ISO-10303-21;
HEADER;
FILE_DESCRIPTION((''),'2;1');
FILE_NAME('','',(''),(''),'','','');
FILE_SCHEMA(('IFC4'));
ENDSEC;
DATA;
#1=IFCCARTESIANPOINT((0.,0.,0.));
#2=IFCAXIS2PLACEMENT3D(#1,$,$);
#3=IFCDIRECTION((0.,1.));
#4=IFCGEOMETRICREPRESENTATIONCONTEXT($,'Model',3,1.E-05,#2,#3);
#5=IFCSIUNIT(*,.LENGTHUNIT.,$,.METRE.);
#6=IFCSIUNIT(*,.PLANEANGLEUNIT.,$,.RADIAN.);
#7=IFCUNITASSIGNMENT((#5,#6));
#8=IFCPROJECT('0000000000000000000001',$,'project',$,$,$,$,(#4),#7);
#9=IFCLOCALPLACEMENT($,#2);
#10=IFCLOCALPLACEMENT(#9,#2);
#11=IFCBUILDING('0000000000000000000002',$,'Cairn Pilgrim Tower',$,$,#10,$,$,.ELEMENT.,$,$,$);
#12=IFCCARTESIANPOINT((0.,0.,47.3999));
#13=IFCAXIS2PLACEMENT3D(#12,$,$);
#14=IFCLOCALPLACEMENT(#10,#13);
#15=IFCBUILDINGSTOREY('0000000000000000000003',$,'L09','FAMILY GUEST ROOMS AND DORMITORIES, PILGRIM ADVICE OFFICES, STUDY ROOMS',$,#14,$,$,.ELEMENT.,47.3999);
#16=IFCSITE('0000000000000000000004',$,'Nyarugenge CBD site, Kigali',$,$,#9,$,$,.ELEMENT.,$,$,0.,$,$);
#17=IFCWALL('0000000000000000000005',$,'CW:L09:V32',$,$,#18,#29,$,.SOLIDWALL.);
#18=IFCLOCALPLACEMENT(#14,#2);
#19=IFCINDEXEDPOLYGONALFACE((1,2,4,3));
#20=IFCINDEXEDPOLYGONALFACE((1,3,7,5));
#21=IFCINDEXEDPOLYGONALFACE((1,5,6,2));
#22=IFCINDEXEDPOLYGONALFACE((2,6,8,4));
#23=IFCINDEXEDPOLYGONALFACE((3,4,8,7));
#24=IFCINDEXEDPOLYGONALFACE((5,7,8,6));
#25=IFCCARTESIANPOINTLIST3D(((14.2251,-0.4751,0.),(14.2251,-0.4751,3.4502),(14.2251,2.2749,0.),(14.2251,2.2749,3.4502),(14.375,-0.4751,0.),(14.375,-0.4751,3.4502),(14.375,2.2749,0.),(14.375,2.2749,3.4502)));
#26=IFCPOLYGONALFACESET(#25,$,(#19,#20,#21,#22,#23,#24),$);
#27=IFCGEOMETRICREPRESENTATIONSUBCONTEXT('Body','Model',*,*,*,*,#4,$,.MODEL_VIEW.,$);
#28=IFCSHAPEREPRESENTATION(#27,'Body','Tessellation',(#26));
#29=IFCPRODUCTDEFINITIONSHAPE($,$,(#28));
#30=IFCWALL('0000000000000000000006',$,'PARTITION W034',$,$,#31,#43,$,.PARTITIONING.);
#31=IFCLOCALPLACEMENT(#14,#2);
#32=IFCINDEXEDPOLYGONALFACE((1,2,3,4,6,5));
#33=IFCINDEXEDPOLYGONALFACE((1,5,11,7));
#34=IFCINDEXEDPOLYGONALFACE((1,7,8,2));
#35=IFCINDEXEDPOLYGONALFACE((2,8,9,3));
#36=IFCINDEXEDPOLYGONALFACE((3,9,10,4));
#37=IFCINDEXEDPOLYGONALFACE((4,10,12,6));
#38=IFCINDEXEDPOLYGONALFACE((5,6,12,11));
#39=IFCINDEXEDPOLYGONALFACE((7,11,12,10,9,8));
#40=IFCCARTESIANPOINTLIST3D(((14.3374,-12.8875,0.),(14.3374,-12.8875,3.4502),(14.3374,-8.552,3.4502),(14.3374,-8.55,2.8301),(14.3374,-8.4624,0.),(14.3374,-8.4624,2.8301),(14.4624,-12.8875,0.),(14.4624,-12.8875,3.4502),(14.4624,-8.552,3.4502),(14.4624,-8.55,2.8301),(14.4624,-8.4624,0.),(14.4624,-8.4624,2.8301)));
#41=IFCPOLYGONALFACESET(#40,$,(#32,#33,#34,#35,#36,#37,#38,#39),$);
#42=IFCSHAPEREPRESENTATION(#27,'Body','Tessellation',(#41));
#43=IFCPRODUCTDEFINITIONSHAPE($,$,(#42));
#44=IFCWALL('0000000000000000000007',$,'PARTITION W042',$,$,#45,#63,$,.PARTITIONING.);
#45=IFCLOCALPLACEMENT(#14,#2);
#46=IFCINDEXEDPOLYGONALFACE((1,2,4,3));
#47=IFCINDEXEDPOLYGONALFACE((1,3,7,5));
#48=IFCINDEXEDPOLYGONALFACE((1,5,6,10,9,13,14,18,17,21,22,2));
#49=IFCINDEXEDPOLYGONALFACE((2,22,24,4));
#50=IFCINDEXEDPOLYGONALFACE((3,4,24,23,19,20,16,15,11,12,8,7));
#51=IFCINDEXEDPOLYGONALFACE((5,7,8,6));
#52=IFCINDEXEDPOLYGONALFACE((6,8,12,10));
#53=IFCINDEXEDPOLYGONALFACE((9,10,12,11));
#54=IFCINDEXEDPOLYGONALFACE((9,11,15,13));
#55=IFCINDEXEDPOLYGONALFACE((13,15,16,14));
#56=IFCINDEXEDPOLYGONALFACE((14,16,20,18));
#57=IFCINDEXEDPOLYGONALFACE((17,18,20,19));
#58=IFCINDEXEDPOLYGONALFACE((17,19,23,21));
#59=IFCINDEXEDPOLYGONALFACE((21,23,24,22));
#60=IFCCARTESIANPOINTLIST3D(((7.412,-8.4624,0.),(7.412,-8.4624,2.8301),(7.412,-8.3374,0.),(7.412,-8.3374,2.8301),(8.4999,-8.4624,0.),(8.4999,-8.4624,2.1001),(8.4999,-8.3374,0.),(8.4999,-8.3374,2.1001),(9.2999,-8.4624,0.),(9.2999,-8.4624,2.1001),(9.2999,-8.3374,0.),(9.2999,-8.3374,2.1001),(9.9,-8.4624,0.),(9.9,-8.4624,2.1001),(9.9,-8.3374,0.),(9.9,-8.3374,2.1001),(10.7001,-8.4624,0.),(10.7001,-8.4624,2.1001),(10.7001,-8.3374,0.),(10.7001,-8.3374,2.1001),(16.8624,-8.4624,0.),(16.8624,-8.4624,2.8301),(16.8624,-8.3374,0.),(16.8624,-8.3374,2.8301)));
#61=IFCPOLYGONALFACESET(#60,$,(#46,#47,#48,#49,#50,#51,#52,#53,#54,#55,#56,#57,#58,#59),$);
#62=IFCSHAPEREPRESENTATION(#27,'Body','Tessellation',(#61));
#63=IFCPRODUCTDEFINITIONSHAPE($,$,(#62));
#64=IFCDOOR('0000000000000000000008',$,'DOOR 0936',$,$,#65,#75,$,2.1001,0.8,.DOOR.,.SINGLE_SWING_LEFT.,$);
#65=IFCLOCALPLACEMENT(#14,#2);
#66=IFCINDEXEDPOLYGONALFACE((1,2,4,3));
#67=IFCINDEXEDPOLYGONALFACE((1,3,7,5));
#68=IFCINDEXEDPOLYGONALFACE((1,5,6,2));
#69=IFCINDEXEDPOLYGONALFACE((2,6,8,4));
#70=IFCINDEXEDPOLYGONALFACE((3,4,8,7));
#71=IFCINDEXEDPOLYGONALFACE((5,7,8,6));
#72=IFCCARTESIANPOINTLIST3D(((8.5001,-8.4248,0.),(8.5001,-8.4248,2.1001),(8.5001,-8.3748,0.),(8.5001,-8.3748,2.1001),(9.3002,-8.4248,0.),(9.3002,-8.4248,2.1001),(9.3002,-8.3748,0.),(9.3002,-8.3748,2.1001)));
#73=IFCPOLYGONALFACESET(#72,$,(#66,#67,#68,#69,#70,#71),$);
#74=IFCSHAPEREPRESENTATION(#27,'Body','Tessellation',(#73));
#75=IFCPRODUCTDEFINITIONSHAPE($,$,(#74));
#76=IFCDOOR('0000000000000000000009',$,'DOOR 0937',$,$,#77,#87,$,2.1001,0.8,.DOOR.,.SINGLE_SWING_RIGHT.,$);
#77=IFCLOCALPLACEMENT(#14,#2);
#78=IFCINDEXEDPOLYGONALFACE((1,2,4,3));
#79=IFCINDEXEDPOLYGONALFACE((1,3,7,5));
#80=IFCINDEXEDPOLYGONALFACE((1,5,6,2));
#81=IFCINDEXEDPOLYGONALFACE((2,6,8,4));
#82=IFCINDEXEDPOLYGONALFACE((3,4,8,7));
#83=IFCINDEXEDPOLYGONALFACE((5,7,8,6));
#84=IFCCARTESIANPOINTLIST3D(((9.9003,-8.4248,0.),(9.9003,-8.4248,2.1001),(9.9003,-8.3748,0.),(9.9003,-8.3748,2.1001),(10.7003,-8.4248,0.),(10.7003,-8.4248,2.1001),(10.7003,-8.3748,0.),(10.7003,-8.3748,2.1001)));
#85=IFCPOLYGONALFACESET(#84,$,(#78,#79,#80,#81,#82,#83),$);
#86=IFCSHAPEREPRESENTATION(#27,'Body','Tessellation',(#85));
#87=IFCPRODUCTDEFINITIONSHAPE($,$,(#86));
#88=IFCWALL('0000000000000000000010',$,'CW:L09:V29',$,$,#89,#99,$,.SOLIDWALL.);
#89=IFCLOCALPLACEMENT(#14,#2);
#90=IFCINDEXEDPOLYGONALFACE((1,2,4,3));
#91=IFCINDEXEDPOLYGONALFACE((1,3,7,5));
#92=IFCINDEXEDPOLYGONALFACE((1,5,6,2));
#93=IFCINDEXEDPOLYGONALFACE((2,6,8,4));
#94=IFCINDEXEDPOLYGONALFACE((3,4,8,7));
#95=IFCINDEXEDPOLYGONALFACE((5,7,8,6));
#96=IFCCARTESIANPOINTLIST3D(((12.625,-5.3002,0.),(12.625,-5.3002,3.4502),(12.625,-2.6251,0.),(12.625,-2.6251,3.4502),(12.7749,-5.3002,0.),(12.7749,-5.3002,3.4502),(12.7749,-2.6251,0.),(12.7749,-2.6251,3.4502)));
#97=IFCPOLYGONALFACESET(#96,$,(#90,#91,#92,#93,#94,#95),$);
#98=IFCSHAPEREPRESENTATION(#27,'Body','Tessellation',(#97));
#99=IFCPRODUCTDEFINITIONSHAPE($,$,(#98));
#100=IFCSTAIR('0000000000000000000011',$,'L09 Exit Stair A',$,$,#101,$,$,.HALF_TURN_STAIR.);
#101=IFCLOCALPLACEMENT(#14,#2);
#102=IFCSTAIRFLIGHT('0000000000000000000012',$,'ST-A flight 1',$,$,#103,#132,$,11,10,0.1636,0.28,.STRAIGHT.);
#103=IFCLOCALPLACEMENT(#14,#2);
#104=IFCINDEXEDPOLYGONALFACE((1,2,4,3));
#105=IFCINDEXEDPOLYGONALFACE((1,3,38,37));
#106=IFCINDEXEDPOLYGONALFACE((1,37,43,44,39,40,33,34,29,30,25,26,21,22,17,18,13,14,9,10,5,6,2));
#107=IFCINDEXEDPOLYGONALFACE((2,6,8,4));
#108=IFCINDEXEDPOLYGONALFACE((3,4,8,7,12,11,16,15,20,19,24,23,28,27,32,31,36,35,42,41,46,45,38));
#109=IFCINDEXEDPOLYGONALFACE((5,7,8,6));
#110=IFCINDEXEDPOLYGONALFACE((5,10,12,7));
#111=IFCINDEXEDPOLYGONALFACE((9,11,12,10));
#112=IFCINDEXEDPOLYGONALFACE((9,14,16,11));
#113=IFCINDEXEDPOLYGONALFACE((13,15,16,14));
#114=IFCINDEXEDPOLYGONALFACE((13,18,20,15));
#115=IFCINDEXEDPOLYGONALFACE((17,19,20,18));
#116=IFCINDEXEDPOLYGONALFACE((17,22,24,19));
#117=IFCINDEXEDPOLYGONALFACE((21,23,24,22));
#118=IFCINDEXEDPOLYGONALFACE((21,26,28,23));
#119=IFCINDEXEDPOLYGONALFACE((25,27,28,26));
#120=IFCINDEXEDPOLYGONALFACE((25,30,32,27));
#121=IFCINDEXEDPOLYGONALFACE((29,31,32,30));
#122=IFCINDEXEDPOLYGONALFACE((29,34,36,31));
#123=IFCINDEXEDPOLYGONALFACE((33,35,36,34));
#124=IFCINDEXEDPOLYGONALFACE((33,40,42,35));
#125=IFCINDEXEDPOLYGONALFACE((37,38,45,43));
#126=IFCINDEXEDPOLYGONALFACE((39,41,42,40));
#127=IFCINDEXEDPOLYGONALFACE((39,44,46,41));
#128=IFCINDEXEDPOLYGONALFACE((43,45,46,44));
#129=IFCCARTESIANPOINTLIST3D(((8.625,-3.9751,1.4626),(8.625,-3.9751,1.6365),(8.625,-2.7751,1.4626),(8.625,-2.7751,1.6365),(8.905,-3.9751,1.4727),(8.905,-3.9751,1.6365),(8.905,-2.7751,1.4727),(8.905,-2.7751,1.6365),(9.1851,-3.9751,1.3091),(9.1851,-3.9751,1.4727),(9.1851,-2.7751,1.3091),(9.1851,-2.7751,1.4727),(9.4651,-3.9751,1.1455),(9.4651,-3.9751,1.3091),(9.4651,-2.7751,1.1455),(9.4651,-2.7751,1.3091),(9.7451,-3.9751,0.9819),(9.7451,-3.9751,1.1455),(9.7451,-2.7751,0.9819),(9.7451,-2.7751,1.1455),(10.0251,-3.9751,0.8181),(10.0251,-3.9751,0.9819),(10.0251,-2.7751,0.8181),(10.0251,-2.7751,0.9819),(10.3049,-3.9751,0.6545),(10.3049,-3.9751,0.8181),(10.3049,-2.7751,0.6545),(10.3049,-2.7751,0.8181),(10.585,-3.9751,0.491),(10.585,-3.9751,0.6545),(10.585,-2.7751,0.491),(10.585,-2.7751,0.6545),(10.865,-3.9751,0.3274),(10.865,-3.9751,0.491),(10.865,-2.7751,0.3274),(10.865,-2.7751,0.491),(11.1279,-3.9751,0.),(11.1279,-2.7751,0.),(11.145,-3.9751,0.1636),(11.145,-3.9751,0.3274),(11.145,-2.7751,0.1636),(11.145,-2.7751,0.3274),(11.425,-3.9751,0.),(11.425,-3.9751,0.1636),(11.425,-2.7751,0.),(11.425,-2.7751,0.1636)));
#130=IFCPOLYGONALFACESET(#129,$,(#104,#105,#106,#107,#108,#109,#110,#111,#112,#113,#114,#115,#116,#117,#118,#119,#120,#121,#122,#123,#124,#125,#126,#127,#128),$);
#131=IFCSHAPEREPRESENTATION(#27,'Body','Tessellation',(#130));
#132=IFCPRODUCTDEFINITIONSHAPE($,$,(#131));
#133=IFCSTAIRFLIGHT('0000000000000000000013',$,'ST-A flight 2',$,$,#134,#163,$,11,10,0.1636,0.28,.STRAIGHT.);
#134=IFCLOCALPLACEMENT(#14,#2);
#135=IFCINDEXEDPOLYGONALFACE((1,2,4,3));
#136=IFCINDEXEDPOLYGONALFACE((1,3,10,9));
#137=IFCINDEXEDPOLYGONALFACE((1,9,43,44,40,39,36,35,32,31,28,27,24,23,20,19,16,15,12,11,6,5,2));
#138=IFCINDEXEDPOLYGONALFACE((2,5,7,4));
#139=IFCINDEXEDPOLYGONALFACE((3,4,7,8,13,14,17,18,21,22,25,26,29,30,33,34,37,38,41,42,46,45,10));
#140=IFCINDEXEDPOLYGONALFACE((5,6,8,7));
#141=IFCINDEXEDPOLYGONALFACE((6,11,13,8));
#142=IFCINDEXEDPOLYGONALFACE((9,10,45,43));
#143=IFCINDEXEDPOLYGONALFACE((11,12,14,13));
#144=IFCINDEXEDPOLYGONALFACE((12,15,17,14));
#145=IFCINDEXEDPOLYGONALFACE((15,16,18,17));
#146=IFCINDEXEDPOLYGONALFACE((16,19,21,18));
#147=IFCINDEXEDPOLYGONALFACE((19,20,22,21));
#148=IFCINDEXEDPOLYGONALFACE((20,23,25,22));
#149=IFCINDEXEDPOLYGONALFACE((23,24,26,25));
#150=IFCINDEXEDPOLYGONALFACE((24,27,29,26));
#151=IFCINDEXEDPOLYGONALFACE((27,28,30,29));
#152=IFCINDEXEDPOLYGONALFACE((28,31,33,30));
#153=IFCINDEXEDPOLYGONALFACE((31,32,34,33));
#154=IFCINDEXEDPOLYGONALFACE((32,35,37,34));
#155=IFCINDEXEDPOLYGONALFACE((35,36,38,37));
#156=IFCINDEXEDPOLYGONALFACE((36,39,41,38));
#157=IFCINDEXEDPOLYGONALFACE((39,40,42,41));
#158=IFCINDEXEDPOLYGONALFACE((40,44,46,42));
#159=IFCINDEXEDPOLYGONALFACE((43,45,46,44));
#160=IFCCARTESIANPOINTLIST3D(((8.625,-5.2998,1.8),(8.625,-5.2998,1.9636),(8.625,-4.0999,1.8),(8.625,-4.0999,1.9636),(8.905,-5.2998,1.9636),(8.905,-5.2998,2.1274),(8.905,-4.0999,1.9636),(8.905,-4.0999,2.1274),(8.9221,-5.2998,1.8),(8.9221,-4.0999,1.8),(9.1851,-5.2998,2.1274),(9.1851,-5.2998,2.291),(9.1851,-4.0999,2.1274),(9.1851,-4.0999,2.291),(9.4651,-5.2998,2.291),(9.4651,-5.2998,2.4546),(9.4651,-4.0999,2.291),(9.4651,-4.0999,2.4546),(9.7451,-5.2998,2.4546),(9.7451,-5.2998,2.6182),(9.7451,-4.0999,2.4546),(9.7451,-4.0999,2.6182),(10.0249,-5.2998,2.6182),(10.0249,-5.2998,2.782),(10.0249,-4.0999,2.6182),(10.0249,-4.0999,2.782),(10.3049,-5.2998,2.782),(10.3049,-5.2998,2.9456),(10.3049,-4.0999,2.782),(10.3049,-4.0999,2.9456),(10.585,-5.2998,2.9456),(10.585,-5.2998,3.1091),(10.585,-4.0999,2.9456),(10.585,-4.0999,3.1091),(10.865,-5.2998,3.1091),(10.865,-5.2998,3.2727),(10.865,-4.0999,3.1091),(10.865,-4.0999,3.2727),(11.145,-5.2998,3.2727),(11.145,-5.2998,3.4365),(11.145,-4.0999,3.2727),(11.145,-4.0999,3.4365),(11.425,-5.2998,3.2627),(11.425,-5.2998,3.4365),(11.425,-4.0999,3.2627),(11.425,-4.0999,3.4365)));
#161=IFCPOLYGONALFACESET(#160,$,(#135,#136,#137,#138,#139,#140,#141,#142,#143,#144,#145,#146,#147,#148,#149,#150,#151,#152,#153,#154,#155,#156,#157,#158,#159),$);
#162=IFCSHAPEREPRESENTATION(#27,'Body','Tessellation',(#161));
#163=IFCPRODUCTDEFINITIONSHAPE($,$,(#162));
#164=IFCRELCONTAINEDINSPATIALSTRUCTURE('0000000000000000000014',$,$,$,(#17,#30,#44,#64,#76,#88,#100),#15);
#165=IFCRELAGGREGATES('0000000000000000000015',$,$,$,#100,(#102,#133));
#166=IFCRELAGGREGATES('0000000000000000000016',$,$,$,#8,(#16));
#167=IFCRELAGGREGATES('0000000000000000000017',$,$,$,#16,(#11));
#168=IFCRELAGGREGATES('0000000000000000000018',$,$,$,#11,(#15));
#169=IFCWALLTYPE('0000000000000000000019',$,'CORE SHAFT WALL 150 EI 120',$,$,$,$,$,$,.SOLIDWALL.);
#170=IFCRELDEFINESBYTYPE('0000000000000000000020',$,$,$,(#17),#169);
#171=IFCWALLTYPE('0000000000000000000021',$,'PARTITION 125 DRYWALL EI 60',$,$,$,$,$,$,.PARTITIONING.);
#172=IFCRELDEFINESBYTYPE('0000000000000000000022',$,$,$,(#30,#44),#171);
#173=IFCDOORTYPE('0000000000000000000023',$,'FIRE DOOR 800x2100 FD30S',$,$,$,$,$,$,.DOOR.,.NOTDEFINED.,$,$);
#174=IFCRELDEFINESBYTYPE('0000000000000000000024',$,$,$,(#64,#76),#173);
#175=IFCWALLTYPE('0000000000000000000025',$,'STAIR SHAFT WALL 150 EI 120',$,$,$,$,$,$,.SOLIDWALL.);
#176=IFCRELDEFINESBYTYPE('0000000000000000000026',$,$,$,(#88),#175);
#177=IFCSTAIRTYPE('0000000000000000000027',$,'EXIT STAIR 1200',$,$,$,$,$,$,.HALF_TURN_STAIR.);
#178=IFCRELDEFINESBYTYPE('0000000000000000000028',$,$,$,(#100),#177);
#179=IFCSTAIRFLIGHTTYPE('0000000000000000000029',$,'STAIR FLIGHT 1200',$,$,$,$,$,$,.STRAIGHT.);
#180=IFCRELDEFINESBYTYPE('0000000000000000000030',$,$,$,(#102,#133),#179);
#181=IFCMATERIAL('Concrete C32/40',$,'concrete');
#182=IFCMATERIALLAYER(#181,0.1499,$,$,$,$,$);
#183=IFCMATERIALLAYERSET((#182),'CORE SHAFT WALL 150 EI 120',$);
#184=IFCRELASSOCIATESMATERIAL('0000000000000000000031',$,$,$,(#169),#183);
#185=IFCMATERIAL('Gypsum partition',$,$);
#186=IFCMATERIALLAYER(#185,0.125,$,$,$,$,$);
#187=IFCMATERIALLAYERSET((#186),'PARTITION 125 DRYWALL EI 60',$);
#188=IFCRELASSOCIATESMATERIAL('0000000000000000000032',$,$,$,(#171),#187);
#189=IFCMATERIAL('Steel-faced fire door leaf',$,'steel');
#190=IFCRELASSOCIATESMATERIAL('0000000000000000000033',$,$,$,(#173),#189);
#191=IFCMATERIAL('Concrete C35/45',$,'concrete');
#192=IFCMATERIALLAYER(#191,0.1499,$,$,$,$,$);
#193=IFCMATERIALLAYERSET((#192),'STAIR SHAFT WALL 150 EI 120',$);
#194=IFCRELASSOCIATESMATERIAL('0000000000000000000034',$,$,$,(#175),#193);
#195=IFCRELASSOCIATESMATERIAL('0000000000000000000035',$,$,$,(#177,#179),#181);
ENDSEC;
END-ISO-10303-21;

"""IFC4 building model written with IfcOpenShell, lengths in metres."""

from ifc_helpers import new_model, si_unit, direction, frame, frame_2d, origin, place, context, subcontext, project, spatial, polyline, rectangle, outline, extrude, material, layer, layer_set, type_object, element, fill, aggregate, save


model = new_model("IFC4")

# Units and contexts
model_context = context("Model", 3, precision=1e-05, world=origin(), true_north=direction((0.0, 1.0)))
body_context = subcontext(model_context, "Body", "Model", "MODEL_VIEW")
ifc_project = project(units=[si_unit("LENGTHUNIT", "METRE"), si_unit("PLANEANGLEUNIT", "RADIAN")], contexts=[model_context])

# Site, building, storey
site_placement = place(None, origin())
site = spatial("IfcSite", under=ifc_project, at=site_placement, Name="Nyarugenge CBD site, Kigali", CompositionType="ELEMENT", RefElevation=0.0)
building_placement = place(site_placement, origin())
building = spatial("IfcBuilding", under=site, at=building_placement, Name="Cairn Pilgrim Tower", CompositionType="ELEMENT")
storey_placement = place(building_placement, frame((0.0, 0.0, 47.3999)))
storey = spatial("IfcBuildingStorey", under=building, at=storey_placement, Name="L09", Description="FAMILY GUEST ROOMS AND DORMITORIES, PILGRIM ADVICE OFFICES, STUDY ROOMS", CompositionType="ELEMENT", Elevation=47.3999)

# Shared definitions
ifc_material_1 = material(Name="Concrete C32/40", Category="concrete")

# Walls
ifc_layer_1 = layer(ifc_material_1, 0.1499)
ifc_layer_set_1 = layer_set([ifc_layer_1], Name="CORE SHAFT WALL 150 EI 120")
wall_type_1 = type_object("IfcWallType", Name="CORE SHAFT WALL 150 EI 120", PredefinedType="SOLIDWALL", material=ifc_layer_set_1)
wall_1_placement = place(storey_placement, frame((14.3, -0.4751, 0.0), z_axis=(0.0, 0.0, 1.0), x_axis=(0.0, 1.0, 0.0)))
element("IfcWall", 1, at=wall_1_placement, inside=storey, type_object=wall_type_1, Name="CW:L09:V32", PredefinedType="SOLIDWALL", context=body_context, shape_type="SweptSolid", body=[
    extrude(rectangle(XDim=2.75, YDim=0.1499, at=frame_2d((1.375, 0.0))), origin(), (0.0, 0.0, 1.0), 3.4502),
])
ifc_material_2 = material(Name="Gypsum partition")
ifc_layer_2 = layer(ifc_material_2, 0.125)
ifc_layer_set_2 = layer_set([ifc_layer_2], Name="PARTITION 125 DRYWALL EI 60")
wall_type_2 = type_object("IfcWallType", Name="PARTITION 125 DRYWALL EI 60", PredefinedType="PARTITIONING", material=ifc_layer_set_2)
wall_2_placement = place(storey_placement, frame((14.3999, -12.8875, 0.0), z_axis=(0.0, 0.0, 1.0), x_axis=(0.0, 1.0, 0.0)))
element("IfcWall", 2, at=wall_2_placement, inside=storey, type_object=wall_type_2, Name="PARTITION W034", PredefinedType="PARTITIONING", context=body_context, shape_type="SweptSolid", body=[
    extrude(outline(polyline([(0.0, 0.0), (4.425, 0.0), (4.425, 2.8301), (4.3374, 2.8301), (4.3354, 3.4502), (0.0, 3.4502), (0.0, 0.0)])), frame((0.0, 0.0625, 0.0), z_axis=(0.0, -1.0, 0.0), x_axis=(1.0, 0.0, 0.0)), (0.0, 0.0, 1.0), 0.125),
])

# Wall, openings, doors
wall_3_placement = place(storey_placement, frame((7.4121, -8.3999, 0.0), z_axis=(0.0, 0.0, 1.0), x_axis=(1.0, 0.0, 0.0)))
wall_3 = element("IfcWall", 3, at=wall_3_placement, inside=storey, type_object=wall_type_2, Name="PARTITION W042", PredefinedType="PARTITIONING", context=body_context, shape_type="SweptSolid", body=[
    extrude(rectangle(XDim=9.4504, YDim=0.125, at=frame_2d((4.7251, 0.0))), origin(), (0.0, 0.0, 1.0), 2.8301),
])
opening_1_placement = place(wall_3_placement, frame((1.0879, 0.0, 0.0)))
opening_1 = element("IfcOpeningElement", 4, at=opening_1_placement, cuts=wall_3, PredefinedType="OPENING", context=body_context, shape_type="SweptSolid", body=[
    extrude(rectangle(XDim=0.8, YDim=2.1001, at=frame_2d((0.3999, 1.05))), frame((0.0, 0.0725, 0.0), z_axis=(0.0, -1.0, 0.0), x_axis=(1.0, 0.0, 0.0)), (0.0, 0.0, 1.0), 0.145),
])
opening_2_placement = place(wall_3_placement, frame((2.488, 0.0, 0.0)))
opening_2 = element("IfcOpeningElement", 5, at=opening_2_placement, cuts=wall_3, PredefinedType="OPENING", context=body_context, shape_type="SweptSolid", body=[
    extrude(rectangle(XDim=0.8, YDim=2.1001, at=frame_2d((0.3999, 1.05))), frame((0.0, 0.0725, 0.0), z_axis=(0.0, -1.0, 0.0), x_axis=(1.0, 0.0, 0.0)), (0.0, 0.0, 1.0), 0.145),
])
ifc_material_3 = material(Name="Steel-faced fire door leaf", Category="steel")
door_type_1 = type_object("IfcDoorType", Name="FIRE DOOR 800x2100 FD30S", OperationType="NOTDEFINED", PredefinedType="DOOR", material=ifc_material_3)
door_1_placement = place(opening_1_placement, frame((0.8, 0.0, 0.0), z_axis=(0.0, 0.0, 1.0), x_axis=(-1.0, 0.0, 0.0)))
door_1 = element("IfcDoor", 6, at=door_1_placement, inside=storey, type_object=door_type_1, Name="DOOR 0936", OperationType="SINGLE_SWING_LEFT", OverallHeight=2.1001, OverallWidth=0.8, PredefinedType="DOOR", context=body_context, shape_type="SweptSolid", body=[
    extrude(rectangle(XDim=0.8, YDim=2.1001, at=frame_2d((0.3999, 1.05))), frame((0.0, 0.0249, 0.0), z_axis=(0.0, -1.0, 0.0), x_axis=(1.0, 0.0, 0.0)), (0.0, 0.0, 1.0), 0.05),
])
fill(opening_1, door_1)
door_2_placement = place(opening_2_placement, frame((0.8, 0.0, 0.0), z_axis=(0.0, 0.0, 1.0), x_axis=(-1.0, 0.0, 0.0)))
door_2 = element("IfcDoor", 7, at=door_2_placement, inside=storey, type_object=door_type_1, Name="DOOR 0937", OperationType="SINGLE_SWING_RIGHT", OverallHeight=2.1001, OverallWidth=0.8, PredefinedType="DOOR", context=body_context, shape_type="SweptSolid", body=[
    extrude(rectangle(XDim=0.8, YDim=2.1001, at=frame_2d((0.3999, 1.05))), frame((0.0, 0.0249, 0.0), z_axis=(0.0, -1.0, 0.0), x_axis=(1.0, 0.0, 0.0)), (0.0, 0.0, 1.0), 0.05),
])
fill(opening_2, door_2)

# Wall
ifc_material_4 = material(Name="Concrete C35/45", Category="concrete")
ifc_layer_3 = layer(ifc_material_4, 0.1499)
ifc_layer_set_3 = layer_set([ifc_layer_3], Name="STAIR SHAFT WALL 150 EI 120")
wall_type_3 = type_object("IfcWallType", Name="STAIR SHAFT WALL 150 EI 120", PredefinedType="SOLIDWALL", material=ifc_layer_set_3)
wall_4_placement = place(storey_placement, frame((12.7, -5.3, 0.0), z_axis=(0.0, 0.0, 1.0), x_axis=(0.0, 1.0, 0.0)))
element("IfcWall", 8, at=wall_4_placement, inside=storey, type_object=wall_type_3, Name="CW:L09:V29", PredefinedType="SOLIDWALL", context=body_context, shape_type="SweptSolid", body=[
    extrude(rectangle(XDim=2.675, YDim=0.1499, at=frame_2d((1.3374, 0.0))), origin(), (0.0, 0.0, 1.0), 3.4502),
])

# Stair, stair flights
stair_type = type_object("IfcStairType", Name="EXIT STAIR 1200", PredefinedType="HALF_TURN_STAIR", material=ifc_material_1)
stair_placement = place(storey_placement, origin())
stair = element("IfcStair", 9, at=stair_placement, inside=storey, type_object=stair_type, Name="L09 Exit Stair A", PredefinedType="HALF_TURN_STAIR")
stair_flight_type = type_object("IfcStairFlightType", Name="STAIR FLIGHT 1200", PredefinedType="STRAIGHT", material=ifc_material_1)
stair_flight_1_placement = place(storey_placement, frame((11.425, -3.375, 0.0), z_axis=(0.0, 0.0, 1.0), x_axis=(-1.0, 0.0, 0.0)))
stair_flight_1 = element("IfcStairFlight", 10, at=stair_flight_1_placement, type_object=stair_flight_type, Name="ST-A flight 1", NumberOfRisers=11, NumberOfTreads=10, PredefinedType="STRAIGHT", RiserHeight=0.1636, TreadLength=0.28, context=body_context, shape_type="SweptSolid", body=[
    extrude(outline(polyline([(0.0, 0.0), (0.0, 0.1636), (0.28, 0.1636), (0.28, 0.3274), (0.5601, 0.3274), (0.5601, 0.491), (0.8401, 0.491), (0.8401, 0.6545), (1.1201, 0.6545), (1.1201, 0.8181), (1.3999, 0.8181), (1.3999, 0.9819), (1.6799, 0.9819), (1.6799, 1.1455), (1.96, 1.1455), (1.96, 1.3091), (2.24, 1.3091), (2.24, 1.4727), (2.52, 1.4727), (2.52, 1.6365), (2.8, 1.6365), (2.8, 1.8), (2.8, 1.4626), (0.2971, 0.0), (0.0, 0.0)])), frame((0.0, 0.6001, 0.0), z_axis=(0.0, -1.0, 0.0), x_axis=(1.0, 0.0, 0.0)), (0.0, 0.0, 1.0), 1.2),
])
stair_flight_2_placement = place(storey_placement, frame((8.625, -4.7, 1.8), z_axis=(0.0, 0.0, 1.0), x_axis=(1.0, 0.0, 0.0)))
stair_flight_2 = element("IfcStairFlight", 11, at=stair_flight_2_placement, type_object=stair_flight_type, Name="ST-A flight 2", NumberOfRisers=11, NumberOfTreads=10, PredefinedType="STRAIGHT", RiserHeight=0.1636, TreadLength=0.28, context=body_context, shape_type="SweptSolid", body=[
    extrude(outline(polyline([(0.0, 0.0), (0.0, 0.1636), (0.28, 0.1636), (0.28, 0.3274), (0.5601, 0.3274), (0.5601, 0.491), (0.8401, 0.491), (0.8401, 0.6545), (1.1201, 0.6545), (1.1201, 0.8181), (1.3999, 0.8181), (1.3999, 0.9819), (1.6799, 0.9819), (1.6799, 1.1455), (1.96, 1.1455), (1.96, 1.3091), (2.24, 1.3091), (2.24, 1.4727), (2.52, 1.4727), (2.52, 1.6365), (2.8, 1.6365), (2.8, 1.8), (2.8, 1.4626), (0.2971, 0.0), (0.0, 0.0)])), frame((0.0, 0.6001, 0.0), z_axis=(0.0, -1.0, 0.0), x_axis=(1.0, 0.0, 0.0)), (0.0, 0.0, 1.0), 1.2),
])
aggregate(stair, [stair_flight_1, stair_flight_2])

save(model, "model.ifc")
